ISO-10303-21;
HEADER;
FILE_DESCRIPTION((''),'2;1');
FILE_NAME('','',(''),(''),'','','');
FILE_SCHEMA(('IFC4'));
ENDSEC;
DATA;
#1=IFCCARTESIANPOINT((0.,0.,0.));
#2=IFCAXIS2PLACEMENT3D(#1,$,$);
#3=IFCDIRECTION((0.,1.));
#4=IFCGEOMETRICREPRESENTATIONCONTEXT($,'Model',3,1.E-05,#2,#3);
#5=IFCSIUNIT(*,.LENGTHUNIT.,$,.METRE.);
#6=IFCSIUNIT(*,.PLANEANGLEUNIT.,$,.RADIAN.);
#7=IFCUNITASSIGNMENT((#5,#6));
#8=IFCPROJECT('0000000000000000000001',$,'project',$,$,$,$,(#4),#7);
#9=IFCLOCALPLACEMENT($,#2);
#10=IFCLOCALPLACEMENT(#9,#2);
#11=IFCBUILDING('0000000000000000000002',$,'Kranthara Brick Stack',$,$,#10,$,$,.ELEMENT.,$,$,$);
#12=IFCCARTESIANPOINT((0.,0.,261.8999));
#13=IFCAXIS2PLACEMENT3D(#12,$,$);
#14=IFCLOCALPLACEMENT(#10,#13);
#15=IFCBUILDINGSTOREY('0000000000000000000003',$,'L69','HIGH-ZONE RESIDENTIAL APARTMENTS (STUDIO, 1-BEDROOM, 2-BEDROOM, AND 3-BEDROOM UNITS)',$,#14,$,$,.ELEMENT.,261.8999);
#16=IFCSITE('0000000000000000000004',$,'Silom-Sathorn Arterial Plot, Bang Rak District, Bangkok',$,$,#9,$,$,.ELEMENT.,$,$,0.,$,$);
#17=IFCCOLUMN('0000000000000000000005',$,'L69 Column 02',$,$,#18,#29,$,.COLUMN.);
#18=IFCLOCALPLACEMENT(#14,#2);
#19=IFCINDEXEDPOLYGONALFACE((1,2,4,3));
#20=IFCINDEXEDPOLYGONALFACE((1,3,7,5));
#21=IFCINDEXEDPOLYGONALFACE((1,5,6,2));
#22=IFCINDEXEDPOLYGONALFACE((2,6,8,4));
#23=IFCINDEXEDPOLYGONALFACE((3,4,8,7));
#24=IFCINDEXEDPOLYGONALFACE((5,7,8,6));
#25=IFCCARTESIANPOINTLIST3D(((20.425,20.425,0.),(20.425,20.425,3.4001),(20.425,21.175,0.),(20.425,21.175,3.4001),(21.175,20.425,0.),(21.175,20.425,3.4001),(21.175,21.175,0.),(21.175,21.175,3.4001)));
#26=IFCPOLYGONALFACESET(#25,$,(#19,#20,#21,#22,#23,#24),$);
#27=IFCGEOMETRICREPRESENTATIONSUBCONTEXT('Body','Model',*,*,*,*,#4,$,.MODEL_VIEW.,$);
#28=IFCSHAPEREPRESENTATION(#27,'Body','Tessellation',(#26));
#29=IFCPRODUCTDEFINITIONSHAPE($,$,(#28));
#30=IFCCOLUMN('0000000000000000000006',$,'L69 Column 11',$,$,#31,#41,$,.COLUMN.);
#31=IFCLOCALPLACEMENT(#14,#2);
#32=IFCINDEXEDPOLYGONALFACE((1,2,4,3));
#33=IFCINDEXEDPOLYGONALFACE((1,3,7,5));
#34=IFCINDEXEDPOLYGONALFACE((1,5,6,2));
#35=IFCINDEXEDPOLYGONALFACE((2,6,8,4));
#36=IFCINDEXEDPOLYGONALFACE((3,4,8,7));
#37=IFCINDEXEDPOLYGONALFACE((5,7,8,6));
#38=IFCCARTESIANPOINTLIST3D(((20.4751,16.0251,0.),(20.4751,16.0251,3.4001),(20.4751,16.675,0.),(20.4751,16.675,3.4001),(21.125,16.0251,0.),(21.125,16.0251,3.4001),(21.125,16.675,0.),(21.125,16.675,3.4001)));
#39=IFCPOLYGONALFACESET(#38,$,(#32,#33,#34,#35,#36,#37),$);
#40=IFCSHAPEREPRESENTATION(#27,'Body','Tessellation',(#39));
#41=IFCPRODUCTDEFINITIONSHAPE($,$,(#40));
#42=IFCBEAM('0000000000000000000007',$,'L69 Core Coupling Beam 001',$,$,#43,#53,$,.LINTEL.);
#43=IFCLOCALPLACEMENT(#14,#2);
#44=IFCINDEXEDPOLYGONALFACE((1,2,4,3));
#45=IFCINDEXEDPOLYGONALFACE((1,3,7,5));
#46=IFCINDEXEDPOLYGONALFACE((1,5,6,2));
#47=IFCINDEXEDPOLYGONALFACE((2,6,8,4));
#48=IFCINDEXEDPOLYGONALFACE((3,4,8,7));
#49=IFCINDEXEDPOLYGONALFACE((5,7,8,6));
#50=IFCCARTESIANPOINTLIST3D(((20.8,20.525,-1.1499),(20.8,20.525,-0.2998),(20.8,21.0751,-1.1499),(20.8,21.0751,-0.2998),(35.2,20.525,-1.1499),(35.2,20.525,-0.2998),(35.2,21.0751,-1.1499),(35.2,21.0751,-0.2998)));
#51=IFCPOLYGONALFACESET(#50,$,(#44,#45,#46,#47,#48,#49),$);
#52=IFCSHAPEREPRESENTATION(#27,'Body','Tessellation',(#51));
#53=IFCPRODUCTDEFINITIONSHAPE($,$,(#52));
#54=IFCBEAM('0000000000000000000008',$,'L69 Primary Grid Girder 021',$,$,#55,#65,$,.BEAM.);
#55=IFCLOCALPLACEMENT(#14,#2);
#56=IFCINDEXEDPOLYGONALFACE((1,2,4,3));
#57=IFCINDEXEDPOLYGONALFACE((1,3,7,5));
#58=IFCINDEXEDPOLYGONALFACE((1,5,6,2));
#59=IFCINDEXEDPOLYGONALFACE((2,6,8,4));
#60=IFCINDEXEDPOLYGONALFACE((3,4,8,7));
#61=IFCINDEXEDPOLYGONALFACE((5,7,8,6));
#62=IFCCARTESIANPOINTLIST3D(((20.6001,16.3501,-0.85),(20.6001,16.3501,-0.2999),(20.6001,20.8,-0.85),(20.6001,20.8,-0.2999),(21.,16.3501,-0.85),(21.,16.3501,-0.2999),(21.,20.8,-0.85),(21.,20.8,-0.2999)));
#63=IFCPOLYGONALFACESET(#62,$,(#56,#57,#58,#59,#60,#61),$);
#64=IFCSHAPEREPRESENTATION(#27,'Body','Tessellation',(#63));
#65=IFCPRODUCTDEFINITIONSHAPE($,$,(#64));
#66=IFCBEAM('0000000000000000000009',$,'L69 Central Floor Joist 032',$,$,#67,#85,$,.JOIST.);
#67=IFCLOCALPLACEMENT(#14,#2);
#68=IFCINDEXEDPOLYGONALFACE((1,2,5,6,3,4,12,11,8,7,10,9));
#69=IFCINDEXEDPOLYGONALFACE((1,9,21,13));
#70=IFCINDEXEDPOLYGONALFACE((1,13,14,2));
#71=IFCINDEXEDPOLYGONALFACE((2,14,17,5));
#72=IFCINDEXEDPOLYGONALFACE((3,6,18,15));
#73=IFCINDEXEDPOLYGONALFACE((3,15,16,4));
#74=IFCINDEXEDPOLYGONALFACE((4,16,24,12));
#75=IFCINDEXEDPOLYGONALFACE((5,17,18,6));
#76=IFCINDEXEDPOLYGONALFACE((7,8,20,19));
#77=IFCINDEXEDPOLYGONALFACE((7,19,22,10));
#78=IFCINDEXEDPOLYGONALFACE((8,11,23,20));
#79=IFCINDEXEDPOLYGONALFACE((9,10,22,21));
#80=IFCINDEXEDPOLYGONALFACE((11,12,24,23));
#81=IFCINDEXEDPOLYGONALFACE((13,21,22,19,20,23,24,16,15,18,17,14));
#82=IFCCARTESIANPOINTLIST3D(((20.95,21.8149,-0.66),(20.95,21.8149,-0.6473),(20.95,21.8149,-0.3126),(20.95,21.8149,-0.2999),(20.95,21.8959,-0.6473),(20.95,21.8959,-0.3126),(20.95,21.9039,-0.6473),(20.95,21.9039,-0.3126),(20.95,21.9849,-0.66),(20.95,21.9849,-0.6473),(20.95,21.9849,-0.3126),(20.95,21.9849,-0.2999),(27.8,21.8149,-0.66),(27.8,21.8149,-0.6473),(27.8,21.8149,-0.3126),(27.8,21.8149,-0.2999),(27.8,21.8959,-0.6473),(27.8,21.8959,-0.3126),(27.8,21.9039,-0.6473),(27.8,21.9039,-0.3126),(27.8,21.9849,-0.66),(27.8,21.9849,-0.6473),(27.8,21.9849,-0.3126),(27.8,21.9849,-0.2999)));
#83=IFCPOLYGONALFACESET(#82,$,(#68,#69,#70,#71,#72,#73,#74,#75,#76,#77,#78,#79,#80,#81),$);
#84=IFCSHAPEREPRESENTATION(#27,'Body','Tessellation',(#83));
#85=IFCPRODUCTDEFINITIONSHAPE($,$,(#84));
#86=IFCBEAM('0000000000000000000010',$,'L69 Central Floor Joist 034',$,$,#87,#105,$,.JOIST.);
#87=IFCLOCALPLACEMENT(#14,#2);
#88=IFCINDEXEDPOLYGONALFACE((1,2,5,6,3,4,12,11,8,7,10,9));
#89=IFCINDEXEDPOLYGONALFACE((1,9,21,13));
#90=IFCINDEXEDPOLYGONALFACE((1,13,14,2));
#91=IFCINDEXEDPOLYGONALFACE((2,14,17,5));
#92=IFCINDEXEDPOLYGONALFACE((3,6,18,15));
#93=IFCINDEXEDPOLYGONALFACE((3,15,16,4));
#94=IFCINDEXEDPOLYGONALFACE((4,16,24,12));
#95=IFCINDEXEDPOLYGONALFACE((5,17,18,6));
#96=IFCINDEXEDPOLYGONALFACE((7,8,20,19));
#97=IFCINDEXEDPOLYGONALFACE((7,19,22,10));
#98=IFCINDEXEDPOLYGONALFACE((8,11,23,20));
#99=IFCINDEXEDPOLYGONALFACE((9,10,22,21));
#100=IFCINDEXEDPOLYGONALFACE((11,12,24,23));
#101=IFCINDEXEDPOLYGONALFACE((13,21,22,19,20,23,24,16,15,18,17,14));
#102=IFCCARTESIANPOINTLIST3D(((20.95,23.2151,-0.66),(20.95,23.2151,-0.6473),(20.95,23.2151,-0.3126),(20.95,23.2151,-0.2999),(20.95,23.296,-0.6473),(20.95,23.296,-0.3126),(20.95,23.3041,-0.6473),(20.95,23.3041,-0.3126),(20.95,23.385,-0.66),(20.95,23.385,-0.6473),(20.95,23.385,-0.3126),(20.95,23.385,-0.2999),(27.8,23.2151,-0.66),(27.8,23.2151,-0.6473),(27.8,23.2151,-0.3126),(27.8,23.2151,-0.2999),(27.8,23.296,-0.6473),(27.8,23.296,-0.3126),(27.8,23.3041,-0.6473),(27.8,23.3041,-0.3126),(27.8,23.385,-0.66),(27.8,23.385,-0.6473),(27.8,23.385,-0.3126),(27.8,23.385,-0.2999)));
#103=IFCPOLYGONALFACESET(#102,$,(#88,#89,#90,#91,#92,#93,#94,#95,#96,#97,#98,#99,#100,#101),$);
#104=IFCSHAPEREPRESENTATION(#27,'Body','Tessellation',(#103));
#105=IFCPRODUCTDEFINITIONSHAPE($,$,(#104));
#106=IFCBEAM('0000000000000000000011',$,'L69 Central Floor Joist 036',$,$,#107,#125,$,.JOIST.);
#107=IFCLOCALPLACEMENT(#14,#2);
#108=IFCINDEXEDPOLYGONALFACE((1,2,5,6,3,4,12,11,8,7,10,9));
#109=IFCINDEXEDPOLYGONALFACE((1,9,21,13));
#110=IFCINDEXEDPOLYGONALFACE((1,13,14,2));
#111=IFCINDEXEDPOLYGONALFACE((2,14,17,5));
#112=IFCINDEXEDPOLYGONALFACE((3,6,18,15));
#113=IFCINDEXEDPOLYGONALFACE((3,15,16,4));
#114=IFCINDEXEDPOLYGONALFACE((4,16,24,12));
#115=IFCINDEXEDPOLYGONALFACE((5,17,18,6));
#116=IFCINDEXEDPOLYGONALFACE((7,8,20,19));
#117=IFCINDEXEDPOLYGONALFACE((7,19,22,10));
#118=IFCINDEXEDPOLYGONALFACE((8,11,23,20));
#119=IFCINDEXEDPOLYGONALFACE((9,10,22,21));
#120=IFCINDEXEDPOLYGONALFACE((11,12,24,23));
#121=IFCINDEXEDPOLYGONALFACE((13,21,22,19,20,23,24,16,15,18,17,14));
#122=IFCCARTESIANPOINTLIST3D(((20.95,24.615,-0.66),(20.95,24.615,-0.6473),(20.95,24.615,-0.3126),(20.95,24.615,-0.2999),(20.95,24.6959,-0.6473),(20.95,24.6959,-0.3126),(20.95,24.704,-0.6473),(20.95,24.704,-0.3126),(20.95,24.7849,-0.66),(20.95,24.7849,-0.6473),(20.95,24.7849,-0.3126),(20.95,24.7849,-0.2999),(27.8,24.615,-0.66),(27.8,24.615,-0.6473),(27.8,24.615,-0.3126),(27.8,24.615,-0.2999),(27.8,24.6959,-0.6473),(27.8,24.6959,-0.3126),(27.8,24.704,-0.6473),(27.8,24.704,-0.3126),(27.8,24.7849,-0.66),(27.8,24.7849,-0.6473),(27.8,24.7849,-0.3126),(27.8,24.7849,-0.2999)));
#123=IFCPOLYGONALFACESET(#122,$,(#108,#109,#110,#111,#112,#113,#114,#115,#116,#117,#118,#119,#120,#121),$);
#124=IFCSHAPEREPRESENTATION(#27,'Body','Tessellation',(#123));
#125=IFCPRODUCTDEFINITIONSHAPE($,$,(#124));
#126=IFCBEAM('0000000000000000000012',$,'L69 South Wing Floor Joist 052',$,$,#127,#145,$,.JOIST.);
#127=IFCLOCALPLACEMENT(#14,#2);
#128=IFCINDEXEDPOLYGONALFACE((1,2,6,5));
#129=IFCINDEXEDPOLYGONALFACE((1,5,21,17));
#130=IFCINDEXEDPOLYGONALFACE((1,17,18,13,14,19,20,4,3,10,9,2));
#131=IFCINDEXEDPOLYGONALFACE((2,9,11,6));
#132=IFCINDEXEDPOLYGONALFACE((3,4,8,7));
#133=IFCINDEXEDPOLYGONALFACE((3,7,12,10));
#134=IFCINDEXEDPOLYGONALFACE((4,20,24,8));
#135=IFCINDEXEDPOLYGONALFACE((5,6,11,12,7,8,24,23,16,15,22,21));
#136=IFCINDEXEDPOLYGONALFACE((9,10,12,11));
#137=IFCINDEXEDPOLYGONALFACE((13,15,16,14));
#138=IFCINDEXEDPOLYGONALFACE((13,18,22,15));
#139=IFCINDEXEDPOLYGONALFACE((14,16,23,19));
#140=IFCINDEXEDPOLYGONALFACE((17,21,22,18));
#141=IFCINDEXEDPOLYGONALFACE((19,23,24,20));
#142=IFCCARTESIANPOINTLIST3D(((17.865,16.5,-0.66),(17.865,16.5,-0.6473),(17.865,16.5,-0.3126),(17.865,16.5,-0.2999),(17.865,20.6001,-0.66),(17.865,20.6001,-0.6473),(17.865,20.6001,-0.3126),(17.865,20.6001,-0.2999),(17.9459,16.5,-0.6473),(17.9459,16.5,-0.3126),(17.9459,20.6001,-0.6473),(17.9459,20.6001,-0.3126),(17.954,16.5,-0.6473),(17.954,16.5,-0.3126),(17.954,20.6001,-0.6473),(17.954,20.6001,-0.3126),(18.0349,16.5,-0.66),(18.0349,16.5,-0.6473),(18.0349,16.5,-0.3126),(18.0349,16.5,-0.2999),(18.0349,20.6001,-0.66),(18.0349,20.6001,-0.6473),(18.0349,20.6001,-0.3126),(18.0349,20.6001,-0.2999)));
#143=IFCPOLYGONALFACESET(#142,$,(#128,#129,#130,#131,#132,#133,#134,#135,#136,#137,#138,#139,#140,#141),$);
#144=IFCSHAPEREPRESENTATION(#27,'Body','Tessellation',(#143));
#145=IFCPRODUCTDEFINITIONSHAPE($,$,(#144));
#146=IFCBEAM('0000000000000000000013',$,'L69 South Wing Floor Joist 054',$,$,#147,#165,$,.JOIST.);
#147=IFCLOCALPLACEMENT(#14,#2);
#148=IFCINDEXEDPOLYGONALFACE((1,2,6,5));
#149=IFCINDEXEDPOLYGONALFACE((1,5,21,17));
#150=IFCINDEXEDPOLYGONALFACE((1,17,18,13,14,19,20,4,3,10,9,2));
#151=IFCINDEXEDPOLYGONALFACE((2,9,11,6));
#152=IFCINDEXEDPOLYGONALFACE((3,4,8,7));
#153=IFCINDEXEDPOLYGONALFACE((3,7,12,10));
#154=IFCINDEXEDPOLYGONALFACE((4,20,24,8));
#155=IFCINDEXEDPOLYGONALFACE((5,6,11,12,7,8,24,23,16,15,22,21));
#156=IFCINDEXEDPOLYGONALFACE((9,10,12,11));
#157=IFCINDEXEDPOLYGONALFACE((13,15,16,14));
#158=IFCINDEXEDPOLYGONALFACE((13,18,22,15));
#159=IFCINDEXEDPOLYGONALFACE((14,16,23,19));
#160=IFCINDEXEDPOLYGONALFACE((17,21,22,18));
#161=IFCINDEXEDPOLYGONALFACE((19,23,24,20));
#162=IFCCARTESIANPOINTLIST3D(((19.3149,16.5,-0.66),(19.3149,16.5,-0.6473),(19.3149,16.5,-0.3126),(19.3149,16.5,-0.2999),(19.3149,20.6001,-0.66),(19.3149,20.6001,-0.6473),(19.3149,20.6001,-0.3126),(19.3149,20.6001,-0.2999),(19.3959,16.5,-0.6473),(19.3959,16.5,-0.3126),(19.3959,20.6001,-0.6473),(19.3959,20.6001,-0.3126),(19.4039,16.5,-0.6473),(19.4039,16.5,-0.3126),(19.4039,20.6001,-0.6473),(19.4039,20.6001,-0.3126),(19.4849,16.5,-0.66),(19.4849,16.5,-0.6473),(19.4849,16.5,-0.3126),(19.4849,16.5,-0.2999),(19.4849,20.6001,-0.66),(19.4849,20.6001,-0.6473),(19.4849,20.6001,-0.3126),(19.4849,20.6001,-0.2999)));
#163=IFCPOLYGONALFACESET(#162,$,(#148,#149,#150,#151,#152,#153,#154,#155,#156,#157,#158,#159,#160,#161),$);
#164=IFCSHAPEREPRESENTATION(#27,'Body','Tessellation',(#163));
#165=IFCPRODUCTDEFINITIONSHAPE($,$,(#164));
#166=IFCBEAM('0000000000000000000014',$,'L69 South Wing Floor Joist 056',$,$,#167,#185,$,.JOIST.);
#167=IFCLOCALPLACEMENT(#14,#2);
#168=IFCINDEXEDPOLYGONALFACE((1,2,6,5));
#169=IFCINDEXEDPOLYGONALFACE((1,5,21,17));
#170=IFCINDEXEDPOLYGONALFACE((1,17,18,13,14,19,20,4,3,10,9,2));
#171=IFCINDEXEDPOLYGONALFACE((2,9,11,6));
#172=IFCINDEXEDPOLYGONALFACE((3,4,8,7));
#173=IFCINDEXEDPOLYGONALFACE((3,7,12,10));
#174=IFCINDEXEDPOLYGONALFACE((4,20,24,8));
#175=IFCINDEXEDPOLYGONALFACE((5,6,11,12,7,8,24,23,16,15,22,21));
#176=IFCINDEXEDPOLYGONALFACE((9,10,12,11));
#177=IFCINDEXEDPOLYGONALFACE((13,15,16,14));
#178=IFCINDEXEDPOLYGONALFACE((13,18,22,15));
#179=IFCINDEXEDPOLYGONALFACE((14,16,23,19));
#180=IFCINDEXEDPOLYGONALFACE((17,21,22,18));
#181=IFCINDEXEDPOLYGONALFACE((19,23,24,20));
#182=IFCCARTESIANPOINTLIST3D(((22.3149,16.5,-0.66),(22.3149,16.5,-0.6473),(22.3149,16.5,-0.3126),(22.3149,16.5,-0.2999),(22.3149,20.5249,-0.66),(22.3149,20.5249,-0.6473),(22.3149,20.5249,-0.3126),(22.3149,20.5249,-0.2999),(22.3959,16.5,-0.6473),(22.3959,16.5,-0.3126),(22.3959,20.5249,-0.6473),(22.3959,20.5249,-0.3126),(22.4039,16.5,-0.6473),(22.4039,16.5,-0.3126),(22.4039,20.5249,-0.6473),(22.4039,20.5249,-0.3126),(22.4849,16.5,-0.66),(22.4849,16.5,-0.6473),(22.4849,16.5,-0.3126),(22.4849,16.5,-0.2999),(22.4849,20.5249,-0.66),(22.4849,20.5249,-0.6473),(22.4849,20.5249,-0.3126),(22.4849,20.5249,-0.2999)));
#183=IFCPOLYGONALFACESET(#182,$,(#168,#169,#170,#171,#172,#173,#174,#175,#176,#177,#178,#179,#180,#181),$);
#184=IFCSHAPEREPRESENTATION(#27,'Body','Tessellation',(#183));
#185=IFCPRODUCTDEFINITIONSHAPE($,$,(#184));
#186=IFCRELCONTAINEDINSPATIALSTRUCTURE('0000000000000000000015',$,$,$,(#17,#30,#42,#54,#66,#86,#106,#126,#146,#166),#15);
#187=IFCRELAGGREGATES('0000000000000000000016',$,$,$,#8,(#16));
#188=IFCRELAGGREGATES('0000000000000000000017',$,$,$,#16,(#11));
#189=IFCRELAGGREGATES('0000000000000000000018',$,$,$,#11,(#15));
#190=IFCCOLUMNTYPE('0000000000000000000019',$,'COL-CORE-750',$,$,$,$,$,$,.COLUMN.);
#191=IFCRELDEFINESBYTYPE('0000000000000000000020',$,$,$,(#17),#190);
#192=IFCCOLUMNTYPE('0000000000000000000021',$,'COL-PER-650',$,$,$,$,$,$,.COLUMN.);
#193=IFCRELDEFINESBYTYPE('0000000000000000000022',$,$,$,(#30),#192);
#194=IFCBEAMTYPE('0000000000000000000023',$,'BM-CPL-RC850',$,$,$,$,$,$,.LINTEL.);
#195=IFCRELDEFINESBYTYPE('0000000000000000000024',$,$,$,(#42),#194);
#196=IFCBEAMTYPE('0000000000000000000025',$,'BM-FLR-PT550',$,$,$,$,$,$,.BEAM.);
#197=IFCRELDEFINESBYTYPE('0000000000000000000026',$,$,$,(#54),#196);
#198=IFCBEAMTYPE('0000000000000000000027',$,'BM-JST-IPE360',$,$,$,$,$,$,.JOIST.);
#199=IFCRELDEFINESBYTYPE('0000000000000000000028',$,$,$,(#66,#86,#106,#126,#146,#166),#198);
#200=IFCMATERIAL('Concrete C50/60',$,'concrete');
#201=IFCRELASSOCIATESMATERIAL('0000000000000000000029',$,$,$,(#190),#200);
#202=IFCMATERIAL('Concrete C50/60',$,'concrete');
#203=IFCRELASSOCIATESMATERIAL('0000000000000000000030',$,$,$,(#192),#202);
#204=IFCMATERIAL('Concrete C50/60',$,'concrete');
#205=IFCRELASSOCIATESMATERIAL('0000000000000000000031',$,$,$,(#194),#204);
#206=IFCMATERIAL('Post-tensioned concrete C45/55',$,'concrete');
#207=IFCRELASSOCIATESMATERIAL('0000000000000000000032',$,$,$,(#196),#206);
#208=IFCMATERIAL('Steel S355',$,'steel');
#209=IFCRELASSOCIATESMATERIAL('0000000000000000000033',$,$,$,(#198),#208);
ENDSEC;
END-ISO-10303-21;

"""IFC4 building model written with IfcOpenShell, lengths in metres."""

from ifc_helpers import new_model, si_unit, direction, frame, origin, origin_2d, place, context, subcontext, project, spatial, rectangle, i_section, extrude, material, material_profile, profile_set, type_object, element, save


model = new_model("IFC4")

# Units and contexts
model_context = context("Model", 3, precision=1e-05, world=origin(), true_north=direction((0.0, 1.0)))
body_context = subcontext(model_context, "Body", "Model", "MODEL_VIEW")
ifc_project = project(units=[si_unit("LENGTHUNIT", "METRE"), si_unit("PLANEANGLEUNIT", "RADIAN")], contexts=[model_context])

# Site, building, storey
site_placement = place(None, origin())
site = spatial("IfcSite", under=ifc_project, at=site_placement, Name="Silom-Sathorn Arterial Plot, Bang Rak District, Bangkok", CompositionType="ELEMENT", RefElevation=0.0)
building_placement = place(site_placement, origin())
building = spatial("IfcBuilding", under=site, at=building_placement, Name="Kranthara Brick Stack", CompositionType="ELEMENT")
storey_placement = place(building_placement, frame((0.0, 0.0, 261.8999)))
storey = spatial("IfcBuildingStorey", under=building, at=storey_placement, Name="L69", Description="HIGH-ZONE RESIDENTIAL APARTMENTS (STUDIO, 1-BEDROOM, 2-BEDROOM, AND 3-BEDROOM UNITS)", CompositionType="ELEMENT", Elevation=261.8999)

# Columns
ifc_material_1 = material(Name="Concrete C50/60", Category="concrete")
ifc_material_profile_1 = material_profile(ifc_material_1, rectangle(XDim=0.75, YDim=0.75, at=origin_2d()), Name="RC 750x750")
ifc_profile_set_1 = profile_set([ifc_material_profile_1], Name="Concrete C50/60")
column_type_1 = type_object("IfcColumnType", Name="COL-CORE-750", PredefinedType="COLUMN", material=ifc_profile_set_1)
column_1_placement = place(storey_placement, frame((20.8, 20.8, 0.0), z_axis=(0.0, 0.0, 1.0), x_axis=(1.0, 0.0, 0.0)))
element("IfcColumn", 1, at=column_1_placement, inside=storey, type_object=column_type_1, Name="L69 Column 02", PredefinedType="COLUMN", context=body_context, shape_type="SweptSolid", body=[
    extrude(rectangle(XDim=0.75, YDim=0.75, at=origin_2d()), origin(), (0.0, 0.0, 1.0), 3.4001),
])
ifc_material_2 = material(Name="Concrete C50/60", Category="concrete")
ifc_material_profile_2 = material_profile(ifc_material_2, rectangle(XDim=0.6499, YDim=0.6499, at=origin_2d()), Name="RC 650x650")
ifc_profile_set_2 = profile_set([ifc_material_profile_2], Name="Concrete C50/60")
column_type_2 = type_object("IfcColumnType", Name="COL-PER-650", PredefinedType="COLUMN", material=ifc_profile_set_2)
column_2_placement = place(storey_placement, frame((20.8, 16.3501, 0.0), z_axis=(0.0, 0.0, 1.0), x_axis=(1.0, 0.0, 0.0)))
element("IfcColumn", 2, at=column_2_placement, inside=storey, type_object=column_type_2, Name="L69 Column 11", PredefinedType="COLUMN", context=body_context, shape_type="SweptSolid", body=[
    extrude(rectangle(XDim=0.6499, YDim=0.6499, at=origin_2d()), origin(), (0.0, 0.0, 1.0), 3.4001),
])

# Beams
ifc_material_3 = material(Name="Concrete C50/60", Category="concrete")
ifc_material_profile_3 = material_profile(ifc_material_3, rectangle(XDim=0.55, YDim=0.8501, at=origin_2d()), Name="RC 550x850")
ifc_profile_set_3 = profile_set([ifc_material_profile_3], Name="Concrete C50/60")
beam_type_1 = type_object("IfcBeamType", Name="BM-CPL-RC850", PredefinedType="LINTEL", material=ifc_profile_set_3)
beam_1_placement = place(storey_placement, frame((20.8, 20.8, -0.7249), z_axis=(1.0, 0.0, 0.0), x_axis=(0.0, 1.0, 0.0)))
element("IfcBeam", 3, at=beam_1_placement, inside=storey, type_object=beam_type_1, Name="L69 Core Coupling Beam 001", PredefinedType="LINTEL", context=body_context, shape_type="SweptSolid", body=[
    extrude(rectangle(XDim=0.55, YDim=0.8501, at=origin_2d()), origin(), (0.0, 0.0, 1.0), 14.3999),
])
ifc_material_4 = material(Name="Post-tensioned concrete C45/55", Category="concrete")
ifc_material_profile_4 = material_profile(ifc_material_4, rectangle(XDim=0.3999, YDim=0.55, at=origin_2d()), Name="PT 400x550")
ifc_profile_set_4 = profile_set([ifc_material_profile_4], Name="Post-tensioned concrete C45/55")
beam_type_2 = type_object("IfcBeamType", Name="BM-FLR-PT550", PredefinedType="BEAM", material=ifc_profile_set_4)
beam_2_placement = place(storey_placement, frame((20.8, 16.3501, -0.575), z_axis=(0.0, 1.0, 0.0), x_axis=(-1.0, 0.0, 0.0)))
element("IfcBeam", 4, at=beam_2_placement, inside=storey, type_object=beam_type_2, Name="L69 Primary Grid Girder 021", PredefinedType="BEAM", context=body_context, shape_type="SweptSolid", body=[
    extrude(rectangle(XDim=0.3999, YDim=0.55, at=origin_2d()), origin(), (0.0, 0.0, 1.0), 4.45),
])
ifc_material_5 = material(Name="Steel S355", Category="steel")
ifc_material_profile_5 = material_profile(ifc_material_5, i_section(OverallWidth=0.1699, OverallDepth=0.3601, WebThickness=0.0081, FlangeThickness=0.0127, at=origin_2d()), Name="IPE 360")
ifc_profile_set_5 = profile_set([ifc_material_profile_5], Name="Steel S355")
beam_type_3 = type_object("IfcBeamType", Name="BM-JST-IPE360", PredefinedType="JOIST", material=ifc_profile_set_5)
for number, where, z_axis, x_axis, name in (
    (5, (20.95, 21.8999, -0.48), (1.0, 0.0, 0.0), (0.0, 1.0, 0.0), "L69 Central Floor Joist 032"),
    (6, (20.95, 23.3, -0.48), (1.0, 0.0, 0.0), (0.0, 1.0, 0.0), "L69 Central Floor Joist 034"),
    (7, (20.95, 24.7, -0.48), (1.0, 0.0, 0.0), (0.0, 1.0, 0.0), "L69 Central Floor Joist 036"),
):
    element("IfcBeam", number, at=place(storey_placement, frame(where, z_axis=z_axis, x_axis=x_axis)), inside=storey, type_object=beam_type_3, Name=name, PredefinedType="JOIST", context=body_context, shape_type="SweptSolid", body=[
        extrude(i_section(OverallWidth=0.1699, OverallDepth=0.3601, WebThickness=0.0081, FlangeThickness=0.0127, at=origin_2d()), origin(), (0.0, 0.0, 1.0), 6.8501),
    ])
for number, where, z_axis, x_axis, name in (
    (8, (17.95, 16.5, -0.48), (0.0, 1.0, 0.0), (-1.0, 0.0, 0.0), "L69 South Wing Floor Joist 052"),
    (9, (19.3999, 16.5, -0.48), (0.0, 1.0, 0.0), (-1.0, 0.0, 0.0), "L69 South Wing Floor Joist 054"),
):
    element("IfcBeam", number, at=place(storey_placement, frame(where, z_axis=z_axis, x_axis=x_axis)), inside=storey, type_object=beam_type_3, Name=name, PredefinedType="JOIST", context=body_context, shape_type="SweptSolid", body=[
        extrude(i_section(OverallWidth=0.1699, OverallDepth=0.3601, WebThickness=0.0081, FlangeThickness=0.0127, at=origin_2d()), origin(), (0.0, 0.0, 1.0), 4.1001),
    ])
for number, where, z_axis, x_axis, name in (
    (10, (22.3999, 16.5, -0.48), (0.0, 1.0, 0.0), (-1.0, 0.0, 0.0), "L69 South Wing Floor Joist 056"),
):
    element("IfcBeam", number, at=place(storey_placement, frame(where, z_axis=z_axis, x_axis=x_axis)), inside=storey, type_object=beam_type_3, Name=name, PredefinedType="JOIST", context=body_context, shape_type="SweptSolid", body=[
        extrude(i_section(OverallWidth=0.1699, OverallDepth=0.3601, WebThickness=0.0081, FlangeThickness=0.0127, at=origin_2d()), origin(), (0.0, 0.0, 1.0), 4.0249),
    ])

save(model, "model.ifc")
